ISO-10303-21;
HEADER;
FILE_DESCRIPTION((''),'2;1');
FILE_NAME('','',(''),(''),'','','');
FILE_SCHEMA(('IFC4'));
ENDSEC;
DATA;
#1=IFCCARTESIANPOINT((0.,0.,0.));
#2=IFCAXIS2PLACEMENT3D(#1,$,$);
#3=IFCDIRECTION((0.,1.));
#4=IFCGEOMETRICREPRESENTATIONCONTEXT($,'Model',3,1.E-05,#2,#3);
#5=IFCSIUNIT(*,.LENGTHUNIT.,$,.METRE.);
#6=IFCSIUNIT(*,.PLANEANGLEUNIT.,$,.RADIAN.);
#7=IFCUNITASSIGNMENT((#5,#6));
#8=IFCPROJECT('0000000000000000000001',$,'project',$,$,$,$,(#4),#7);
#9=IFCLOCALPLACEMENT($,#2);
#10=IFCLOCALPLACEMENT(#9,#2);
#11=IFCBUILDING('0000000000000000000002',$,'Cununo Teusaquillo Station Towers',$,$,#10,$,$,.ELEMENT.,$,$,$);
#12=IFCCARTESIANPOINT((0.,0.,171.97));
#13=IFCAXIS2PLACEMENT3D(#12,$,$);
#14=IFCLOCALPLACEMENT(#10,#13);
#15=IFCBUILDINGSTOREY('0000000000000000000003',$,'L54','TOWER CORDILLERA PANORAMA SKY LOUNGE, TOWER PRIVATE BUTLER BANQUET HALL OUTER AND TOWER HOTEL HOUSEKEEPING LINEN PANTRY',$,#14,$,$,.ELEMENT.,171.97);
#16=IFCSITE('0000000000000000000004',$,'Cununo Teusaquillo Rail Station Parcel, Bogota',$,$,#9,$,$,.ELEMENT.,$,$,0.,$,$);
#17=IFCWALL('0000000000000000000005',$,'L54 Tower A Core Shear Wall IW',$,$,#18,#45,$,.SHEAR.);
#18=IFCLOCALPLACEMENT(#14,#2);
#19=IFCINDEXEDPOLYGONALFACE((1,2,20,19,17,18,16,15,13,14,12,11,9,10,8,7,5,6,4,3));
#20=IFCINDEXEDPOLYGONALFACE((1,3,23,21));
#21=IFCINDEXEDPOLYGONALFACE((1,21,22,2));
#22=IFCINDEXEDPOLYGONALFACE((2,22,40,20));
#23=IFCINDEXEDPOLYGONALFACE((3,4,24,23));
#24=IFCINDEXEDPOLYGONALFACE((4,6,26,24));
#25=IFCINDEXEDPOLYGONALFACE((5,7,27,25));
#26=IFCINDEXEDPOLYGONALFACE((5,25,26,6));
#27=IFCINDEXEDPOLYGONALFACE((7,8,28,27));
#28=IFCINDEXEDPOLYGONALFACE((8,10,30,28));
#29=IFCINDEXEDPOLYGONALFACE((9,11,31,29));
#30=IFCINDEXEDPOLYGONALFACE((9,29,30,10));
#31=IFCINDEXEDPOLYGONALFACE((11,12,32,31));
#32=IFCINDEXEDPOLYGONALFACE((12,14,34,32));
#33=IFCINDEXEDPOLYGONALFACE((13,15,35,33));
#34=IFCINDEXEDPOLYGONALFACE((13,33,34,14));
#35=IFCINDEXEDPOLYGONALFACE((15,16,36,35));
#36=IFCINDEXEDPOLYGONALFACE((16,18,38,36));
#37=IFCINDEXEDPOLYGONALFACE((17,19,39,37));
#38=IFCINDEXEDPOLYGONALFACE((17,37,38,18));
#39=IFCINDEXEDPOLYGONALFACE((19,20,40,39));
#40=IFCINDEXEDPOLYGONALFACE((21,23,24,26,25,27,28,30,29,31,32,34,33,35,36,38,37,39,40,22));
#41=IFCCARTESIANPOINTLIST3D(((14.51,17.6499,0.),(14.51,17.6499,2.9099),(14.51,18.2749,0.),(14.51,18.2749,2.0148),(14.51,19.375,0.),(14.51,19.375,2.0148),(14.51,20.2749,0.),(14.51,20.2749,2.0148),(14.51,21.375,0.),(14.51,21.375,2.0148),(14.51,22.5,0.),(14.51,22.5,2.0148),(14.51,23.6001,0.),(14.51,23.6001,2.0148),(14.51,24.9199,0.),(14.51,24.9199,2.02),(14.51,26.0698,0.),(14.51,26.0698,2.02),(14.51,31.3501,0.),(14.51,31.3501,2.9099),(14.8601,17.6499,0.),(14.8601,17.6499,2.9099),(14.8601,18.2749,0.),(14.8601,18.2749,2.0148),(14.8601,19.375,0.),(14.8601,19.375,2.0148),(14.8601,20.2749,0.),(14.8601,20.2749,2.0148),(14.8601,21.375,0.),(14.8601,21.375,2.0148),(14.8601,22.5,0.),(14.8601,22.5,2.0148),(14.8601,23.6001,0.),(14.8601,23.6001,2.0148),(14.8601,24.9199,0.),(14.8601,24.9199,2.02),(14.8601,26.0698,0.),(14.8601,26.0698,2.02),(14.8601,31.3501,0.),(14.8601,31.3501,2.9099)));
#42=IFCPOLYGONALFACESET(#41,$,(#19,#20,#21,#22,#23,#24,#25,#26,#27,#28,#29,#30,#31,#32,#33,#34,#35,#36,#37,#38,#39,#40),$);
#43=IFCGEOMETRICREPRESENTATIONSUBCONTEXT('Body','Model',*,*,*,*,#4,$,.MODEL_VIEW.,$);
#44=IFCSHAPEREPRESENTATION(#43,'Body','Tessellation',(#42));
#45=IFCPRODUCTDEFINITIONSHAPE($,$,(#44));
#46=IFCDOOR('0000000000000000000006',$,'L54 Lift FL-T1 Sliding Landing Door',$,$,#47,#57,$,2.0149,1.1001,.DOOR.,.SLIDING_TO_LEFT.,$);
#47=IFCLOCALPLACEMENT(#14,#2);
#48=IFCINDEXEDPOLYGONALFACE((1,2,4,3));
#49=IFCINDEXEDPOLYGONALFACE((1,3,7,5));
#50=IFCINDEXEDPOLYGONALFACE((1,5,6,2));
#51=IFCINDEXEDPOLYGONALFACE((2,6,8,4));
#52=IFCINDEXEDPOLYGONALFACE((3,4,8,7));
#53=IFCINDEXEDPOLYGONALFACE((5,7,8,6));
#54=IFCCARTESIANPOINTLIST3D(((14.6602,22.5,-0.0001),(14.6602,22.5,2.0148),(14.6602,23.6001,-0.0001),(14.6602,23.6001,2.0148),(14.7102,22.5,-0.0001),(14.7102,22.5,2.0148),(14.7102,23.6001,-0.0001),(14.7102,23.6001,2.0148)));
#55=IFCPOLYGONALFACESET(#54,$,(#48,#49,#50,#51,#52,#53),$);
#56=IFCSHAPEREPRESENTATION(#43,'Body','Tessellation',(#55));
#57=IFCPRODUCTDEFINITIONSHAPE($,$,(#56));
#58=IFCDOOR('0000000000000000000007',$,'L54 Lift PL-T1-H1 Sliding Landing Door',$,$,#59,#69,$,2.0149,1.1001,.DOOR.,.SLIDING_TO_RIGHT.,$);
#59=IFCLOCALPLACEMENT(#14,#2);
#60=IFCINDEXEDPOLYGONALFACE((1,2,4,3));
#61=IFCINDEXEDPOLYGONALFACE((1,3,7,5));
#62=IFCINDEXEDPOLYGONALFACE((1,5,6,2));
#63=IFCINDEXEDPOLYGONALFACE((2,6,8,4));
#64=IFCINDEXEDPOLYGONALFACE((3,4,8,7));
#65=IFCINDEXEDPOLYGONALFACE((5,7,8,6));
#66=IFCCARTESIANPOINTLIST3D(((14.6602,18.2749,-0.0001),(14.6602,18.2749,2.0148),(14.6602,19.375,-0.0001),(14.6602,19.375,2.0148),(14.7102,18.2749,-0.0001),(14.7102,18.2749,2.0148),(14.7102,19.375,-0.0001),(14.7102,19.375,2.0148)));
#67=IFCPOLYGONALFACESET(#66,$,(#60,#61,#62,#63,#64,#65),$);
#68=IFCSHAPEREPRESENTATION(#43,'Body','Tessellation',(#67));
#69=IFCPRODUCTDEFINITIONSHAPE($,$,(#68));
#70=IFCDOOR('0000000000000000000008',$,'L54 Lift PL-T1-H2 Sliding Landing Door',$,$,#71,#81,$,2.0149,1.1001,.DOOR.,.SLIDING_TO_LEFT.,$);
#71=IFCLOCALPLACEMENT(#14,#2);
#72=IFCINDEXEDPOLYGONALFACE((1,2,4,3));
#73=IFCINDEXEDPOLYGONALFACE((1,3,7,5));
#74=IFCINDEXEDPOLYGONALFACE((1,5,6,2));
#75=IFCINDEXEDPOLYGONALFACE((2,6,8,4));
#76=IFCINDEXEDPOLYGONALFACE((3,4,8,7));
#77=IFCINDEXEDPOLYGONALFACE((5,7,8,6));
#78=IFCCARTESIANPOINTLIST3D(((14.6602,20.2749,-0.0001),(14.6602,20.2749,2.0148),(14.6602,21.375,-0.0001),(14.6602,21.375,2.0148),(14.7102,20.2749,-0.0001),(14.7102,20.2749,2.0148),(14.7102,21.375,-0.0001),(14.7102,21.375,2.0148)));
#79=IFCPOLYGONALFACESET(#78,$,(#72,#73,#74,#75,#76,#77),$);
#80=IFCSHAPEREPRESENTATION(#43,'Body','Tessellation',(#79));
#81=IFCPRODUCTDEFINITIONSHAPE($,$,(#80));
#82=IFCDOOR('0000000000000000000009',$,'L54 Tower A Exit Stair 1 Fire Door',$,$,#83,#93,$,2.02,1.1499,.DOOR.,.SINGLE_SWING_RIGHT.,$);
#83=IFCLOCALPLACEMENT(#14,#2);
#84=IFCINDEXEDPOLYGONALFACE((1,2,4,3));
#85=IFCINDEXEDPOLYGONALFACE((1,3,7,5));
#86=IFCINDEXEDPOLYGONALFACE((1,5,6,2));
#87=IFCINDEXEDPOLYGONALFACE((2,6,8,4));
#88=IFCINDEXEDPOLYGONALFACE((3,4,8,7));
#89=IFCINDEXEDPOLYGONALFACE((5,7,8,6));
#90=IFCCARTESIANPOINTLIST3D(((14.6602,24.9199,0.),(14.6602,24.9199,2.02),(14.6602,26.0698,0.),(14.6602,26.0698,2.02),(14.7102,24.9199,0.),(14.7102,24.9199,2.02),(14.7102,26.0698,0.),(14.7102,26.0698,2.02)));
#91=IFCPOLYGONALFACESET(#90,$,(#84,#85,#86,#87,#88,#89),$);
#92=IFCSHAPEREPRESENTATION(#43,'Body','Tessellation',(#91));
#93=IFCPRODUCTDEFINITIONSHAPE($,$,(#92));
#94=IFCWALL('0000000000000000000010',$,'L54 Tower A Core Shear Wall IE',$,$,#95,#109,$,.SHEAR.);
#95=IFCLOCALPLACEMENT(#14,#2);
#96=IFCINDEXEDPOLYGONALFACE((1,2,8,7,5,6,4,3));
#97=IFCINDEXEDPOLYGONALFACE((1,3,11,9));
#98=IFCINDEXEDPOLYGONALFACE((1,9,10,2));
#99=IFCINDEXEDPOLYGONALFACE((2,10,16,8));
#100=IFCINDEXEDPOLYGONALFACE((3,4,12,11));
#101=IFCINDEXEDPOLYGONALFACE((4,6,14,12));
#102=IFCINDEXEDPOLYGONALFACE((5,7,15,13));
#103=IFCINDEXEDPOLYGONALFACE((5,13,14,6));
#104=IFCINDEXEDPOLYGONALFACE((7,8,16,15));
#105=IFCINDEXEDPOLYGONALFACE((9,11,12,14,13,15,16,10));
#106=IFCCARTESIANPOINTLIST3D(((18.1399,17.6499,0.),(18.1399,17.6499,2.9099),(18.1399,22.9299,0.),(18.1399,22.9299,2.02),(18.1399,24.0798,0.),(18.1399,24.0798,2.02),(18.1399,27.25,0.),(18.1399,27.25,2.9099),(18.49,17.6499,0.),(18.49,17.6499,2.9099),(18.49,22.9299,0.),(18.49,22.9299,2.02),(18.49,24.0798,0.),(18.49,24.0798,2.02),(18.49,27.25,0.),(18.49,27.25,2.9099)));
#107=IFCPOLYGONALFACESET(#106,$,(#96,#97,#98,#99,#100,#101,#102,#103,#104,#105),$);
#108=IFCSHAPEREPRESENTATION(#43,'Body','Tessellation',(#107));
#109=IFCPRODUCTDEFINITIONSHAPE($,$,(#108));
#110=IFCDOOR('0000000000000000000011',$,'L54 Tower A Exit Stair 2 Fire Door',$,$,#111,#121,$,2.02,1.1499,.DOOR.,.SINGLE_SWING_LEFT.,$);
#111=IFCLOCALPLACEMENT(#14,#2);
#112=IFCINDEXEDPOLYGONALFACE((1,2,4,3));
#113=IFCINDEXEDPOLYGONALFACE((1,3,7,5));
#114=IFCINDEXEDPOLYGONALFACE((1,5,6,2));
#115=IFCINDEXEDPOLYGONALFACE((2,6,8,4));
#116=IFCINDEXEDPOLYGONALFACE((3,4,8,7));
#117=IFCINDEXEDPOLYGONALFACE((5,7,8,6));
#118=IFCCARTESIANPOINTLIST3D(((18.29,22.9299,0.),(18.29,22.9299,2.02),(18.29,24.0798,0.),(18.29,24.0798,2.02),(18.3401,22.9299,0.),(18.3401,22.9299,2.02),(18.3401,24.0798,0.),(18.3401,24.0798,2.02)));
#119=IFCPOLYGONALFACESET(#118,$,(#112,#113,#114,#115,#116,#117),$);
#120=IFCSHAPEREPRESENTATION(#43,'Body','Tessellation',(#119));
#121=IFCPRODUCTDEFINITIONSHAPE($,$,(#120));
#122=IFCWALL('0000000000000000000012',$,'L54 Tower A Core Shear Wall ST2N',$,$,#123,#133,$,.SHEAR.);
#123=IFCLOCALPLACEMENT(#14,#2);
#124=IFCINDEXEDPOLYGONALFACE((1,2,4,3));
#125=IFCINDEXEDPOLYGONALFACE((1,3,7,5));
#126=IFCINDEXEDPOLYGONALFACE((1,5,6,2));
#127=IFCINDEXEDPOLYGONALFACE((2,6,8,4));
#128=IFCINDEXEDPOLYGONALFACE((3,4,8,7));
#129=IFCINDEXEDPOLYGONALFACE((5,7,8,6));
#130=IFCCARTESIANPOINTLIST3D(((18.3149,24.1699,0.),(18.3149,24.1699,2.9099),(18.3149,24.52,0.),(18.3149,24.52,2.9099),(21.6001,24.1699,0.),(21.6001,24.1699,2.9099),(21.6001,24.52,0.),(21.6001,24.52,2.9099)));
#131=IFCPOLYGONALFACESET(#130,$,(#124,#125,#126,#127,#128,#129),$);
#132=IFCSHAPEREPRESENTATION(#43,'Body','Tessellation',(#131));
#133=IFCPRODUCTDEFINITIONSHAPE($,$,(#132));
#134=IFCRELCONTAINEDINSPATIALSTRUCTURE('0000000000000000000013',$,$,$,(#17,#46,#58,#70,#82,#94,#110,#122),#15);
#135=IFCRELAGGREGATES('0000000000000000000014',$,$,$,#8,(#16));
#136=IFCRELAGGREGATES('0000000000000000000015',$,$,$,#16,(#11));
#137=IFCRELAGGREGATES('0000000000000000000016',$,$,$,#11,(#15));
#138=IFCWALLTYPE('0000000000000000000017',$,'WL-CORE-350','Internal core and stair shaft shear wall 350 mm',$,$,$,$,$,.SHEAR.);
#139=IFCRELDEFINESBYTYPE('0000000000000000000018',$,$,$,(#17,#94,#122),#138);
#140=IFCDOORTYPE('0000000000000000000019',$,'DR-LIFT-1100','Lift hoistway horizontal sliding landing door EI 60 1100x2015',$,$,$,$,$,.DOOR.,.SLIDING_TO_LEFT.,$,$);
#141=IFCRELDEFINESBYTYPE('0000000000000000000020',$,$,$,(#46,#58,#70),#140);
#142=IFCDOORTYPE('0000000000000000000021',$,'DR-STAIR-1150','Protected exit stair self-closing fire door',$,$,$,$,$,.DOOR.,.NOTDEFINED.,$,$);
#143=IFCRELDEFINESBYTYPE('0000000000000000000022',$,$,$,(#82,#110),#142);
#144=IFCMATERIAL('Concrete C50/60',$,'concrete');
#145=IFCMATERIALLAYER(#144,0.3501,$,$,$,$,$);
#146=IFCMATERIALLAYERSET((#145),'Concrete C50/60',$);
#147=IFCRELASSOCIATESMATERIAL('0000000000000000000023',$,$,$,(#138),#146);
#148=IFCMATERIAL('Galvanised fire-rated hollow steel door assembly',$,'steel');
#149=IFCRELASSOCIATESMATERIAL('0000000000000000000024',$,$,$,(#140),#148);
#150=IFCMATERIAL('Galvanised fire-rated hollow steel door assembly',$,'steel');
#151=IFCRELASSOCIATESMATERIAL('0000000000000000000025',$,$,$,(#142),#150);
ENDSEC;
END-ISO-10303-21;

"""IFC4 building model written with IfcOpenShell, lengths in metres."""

from ifc_helpers import new_model, si_unit, direction, frame, frame_2d, origin, place, context, subcontext, project, spatial, rectangle, extrude, source, transform, mapped, material, layer, layer_set, type_object, element, fill, save


model = new_model("IFC4")

# Units and contexts
model_context = context("Model", 3, precision=1e-05, world=origin(), true_north=direction((0.0, 1.0)))
body_context = subcontext(model_context, "Body", "Model", "MODEL_VIEW")
ifc_project = project(units=[si_unit("LENGTHUNIT", "METRE"), si_unit("PLANEANGLEUNIT", "RADIAN")], contexts=[model_context])

# Site, building, storey
site_placement = place(None, origin())
site = spatial("IfcSite", under=ifc_project, at=site_placement, Name="Cununo Teusaquillo Rail Station Parcel, Bogota", CompositionType="ELEMENT", RefElevation=0.0)
building_placement = place(site_placement, origin())
building = spatial("IfcBuilding", under=site, at=building_placement, Name="Cununo Teusaquillo Station Towers", CompositionType="ELEMENT")
storey_placement = place(building_placement, frame((0.0, 0.0, 171.97)))
storey = spatial("IfcBuildingStorey", under=building, at=storey_placement, Name="L54", Description="TOWER CORDILLERA PANORAMA SKY LOUNGE, TOWER PRIVATE BUTLER BANQUET HALL OUTER AND TOWER HOTEL HOUSEKEEPING LINEN PANTRY", CompositionType="ELEMENT", Elevation=171.97)

# Wall, openings, doors
ifc_material_1 = material(Name="Concrete C50/60", Category="concrete")
ifc_layer_1 = layer(ifc_material_1, 0.3501)
ifc_layer_set_1 = layer_set([ifc_layer_1], Name="Concrete C50/60")
wall_type_1 = type_object("IfcWallType", Name="WL-CORE-350", Description="Internal core and stair shaft shear wall 350 mm", PredefinedType="SHEAR", material=ifc_layer_set_1)
wall_1_placement = place(storey_placement, frame((14.6851, 17.6499, 0.0), z_axis=(0.0, 0.0, 1.0), x_axis=(0.0, 1.0, 0.0)))
wall_1 = element("IfcWall", 1, at=wall_1_placement, inside=storey, type_object=wall_type_1, Name="L54 Tower A Core Shear Wall IW", PredefinedType="SHEAR", context=body_context, shape_type="SweptSolid", body=[
    extrude(rectangle(XDim=13.7002, YDim=0.3501, at=frame_2d((6.8501, 0.0))), origin(), (0.0, 0.0, 1.0), 2.9099),
])
shared_shape_1 = source(origin(), body_context, "Body", "SweptSolid", [
    extrude(rectangle(XDim=1.1001, YDim=2.0149, at=frame_2d((0.55, 1.0073))), frame((0.0, 0.1851, 0.0), z_axis=(0.0, -1.0, 0.0), x_axis=(1.0, 0.0, 0.0)), (0.0, 0.0, 1.0), 0.3701),
])
opening_1_placement = place(wall_1_placement, frame((4.8501, 0.0, 0.0)))
opening_1 = element("IfcOpeningElement", 2, at=opening_1_placement, cuts=wall_1, PredefinedType="OPENING", context=body_context, shape_type="MappedRepresentation", body=[
    mapped(shared_shape_1, transform((0.0, 0.0, 0.0), x_axis=(1.0, 0.0, 0.0), y_axis=(0.0, 1.0, 0.0), z_axis=(0.0, 0.0, 1.0), scale=1.0)),
])
opening_2_placement = place(wall_1_placement, frame((0.625, 0.0, 0.0)))
opening_2 = element("IfcOpeningElement", 3, at=opening_2_placement, cuts=wall_1, PredefinedType="OPENING", context=body_context, shape_type="MappedRepresentation", body=[
    mapped(shared_shape_1, transform((0.0, 0.0, 0.0), x_axis=(1.0, 0.0, 0.0), y_axis=(0.0, 1.0, 0.0), z_axis=(0.0, 0.0, 1.0), scale=1.0)),
])
opening_3_placement = place(wall_1_placement, frame((2.625, 0.0, 0.0)))
opening_3 = element("IfcOpeningElement", 4, at=opening_3_placement, cuts=wall_1, PredefinedType="OPENING", context=body_context, shape_type="MappedRepresentation", body=[
    mapped(shared_shape_1, transform((0.0, 0.0, 0.0), x_axis=(1.0, 0.0, 0.0), y_axis=(0.0, 1.0, 0.0), z_axis=(0.0, 0.0, 1.0), scale=1.0)),
])
shared_shape_2 = source(origin(), body_context, "Body", "SweptSolid", [
    extrude(rectangle(XDim=1.1499, YDim=2.02, at=frame_2d((0.575, 1.01))), frame((0.0, 0.1851, 0.0), z_axis=(0.0, -1.0, 0.0), x_axis=(1.0, 0.0, 0.0)), (0.0, 0.0, 1.0), 0.3701),
])
opening_4_placement = place(wall_1_placement, frame((7.27, 0.0, 0.0)))
opening_4 = element("IfcOpeningElement", 5, at=opening_4_placement, cuts=wall_1, PredefinedType="OPENING", context=body_context, shape_type="MappedRepresentation", body=[
    mapped(shared_shape_2, transform((0.0, 0.0, 0.0), x_axis=(1.0, 0.0, 0.0), y_axis=(0.0, 1.0, 0.0), z_axis=(0.0, 0.0, 1.0), scale=1.0)),
])
ifc_material_2 = material(Name="Galvanised fire-rated hollow steel door assembly", Category="steel")
door_type_1 = type_object("IfcDoorType", Name="DR-LIFT-1100", Description="Lift hoistway horizontal sliding landing door EI 60 1100x2015", OperationType="SLIDING_TO_LEFT", PredefinedType="DOOR", material=ifc_material_2)
shared_shape_3 = source(origin(), body_context, "Body", "SweptSolid", [
    extrude(rectangle(XDim=1.1001, YDim=2.0149, at=frame_2d((0.55, 1.0073))), frame((0.0, 0.0249, 0.0), z_axis=(0.0, -1.0, 0.0), x_axis=(1.0, 0.0, 0.0)), (0.0, 0.0, 1.0), 0.05),
])
door_1_placement = place(opening_1_placement, origin())
door_1 = element("IfcDoor", 6, at=door_1_placement, inside=storey, type_object=door_type_1, Name="L54 Lift FL-T1 Sliding Landing Door", OperationType="SLIDING_TO_LEFT", OverallHeight=2.0149, OverallWidth=1.1001, PredefinedType="DOOR", context=body_context, shape_type="MappedRepresentation", body=[
    mapped(shared_shape_3, transform((0.0, 0.0, 0.0), x_axis=(1.0, 0.0, 0.0), y_axis=(0.0, 1.0, 0.0), z_axis=(0.0, 0.0, 1.0), scale=1.0)),
])
fill(opening_1, door_1)
door_2_placement = place(opening_2_placement, origin())
door_2 = element("IfcDoor", 7, at=door_2_placement, inside=storey, type_object=door_type_1, Name="L54 Lift PL-T1-H1 Sliding Landing Door", OperationType="SLIDING_TO_RIGHT", OverallHeight=2.0149, OverallWidth=1.1001, PredefinedType="DOOR", context=body_context, shape_type="MappedRepresentation", body=[
    mapped(shared_shape_3, transform((0.0, 0.0, 0.0), x_axis=(1.0, 0.0, 0.0), y_axis=(0.0, 1.0, 0.0), z_axis=(0.0, 0.0, 1.0), scale=1.0)),
])
fill(opening_2, door_2)
door_3_placement = place(opening_3_placement, origin())
door_3 = element("IfcDoor", 8, at=door_3_placement, inside=storey, type_object=door_type_1, Name="L54 Lift PL-T1-H2 Sliding Landing Door", OperationType="SLIDING_TO_LEFT", OverallHeight=2.0149, OverallWidth=1.1001, PredefinedType="DOOR", context=body_context, shape_type="MappedRepresentation", body=[
    mapped(shared_shape_3, transform((0.0, 0.0, 0.0), x_axis=(1.0, 0.0, 0.0), y_axis=(0.0, 1.0, 0.0), z_axis=(0.0, 0.0, 1.0), scale=1.0)),
])
fill(opening_3, door_3)
ifc_material_3 = material(Name="Galvanised fire-rated hollow steel door assembly", Category="steel")
door_type_2 = type_object("IfcDoorType", Name="DR-STAIR-1150", Description="Protected exit stair self-closing fire door", OperationType="NOTDEFINED", PredefinedType="DOOR", material=ifc_material_3)
shared_shape_4 = source(origin(), body_context, "Body", "SweptSolid", [
    extrude(rectangle(XDim=1.1499, YDim=2.02, at=frame_2d((0.575, 1.01))), frame((0.0, 0.0249, 0.0), z_axis=(0.0, -1.0, 0.0), x_axis=(1.0, 0.0, 0.0)), (0.0, 0.0, 1.0), 0.05),
])
door_4_placement = place(opening_4_placement, origin())
door_4 = element("IfcDoor", 9, at=door_4_placement, inside=storey, type_object=door_type_2, Name="L54 Tower A Exit Stair 1 Fire Door", OperationType="SINGLE_SWING_RIGHT", OverallHeight=2.02, OverallWidth=1.1499, PredefinedType="DOOR", context=body_context, shape_type="MappedRepresentation", body=[
    mapped(shared_shape_4, transform((0.0, 0.0, 0.0), x_axis=(1.0, 0.0, 0.0), y_axis=(0.0, 1.0, 0.0), z_axis=(0.0, 0.0, 1.0), scale=1.0)),
])
fill(opening_4, door_4)

# Wall, opening, door
wall_2_placement = place(storey_placement, frame((18.3149, 17.6499, 0.0), z_axis=(0.0, 0.0, 1.0), x_axis=(0.0, 1.0, 0.0)))
wall_2 = element("IfcWall", 10, at=wall_2_placement, inside=storey, type_object=wall_type_1, Name="L54 Tower A Core Shear Wall IE", PredefinedType="SHEAR", context=body_context, shape_type="SweptSolid", body=[
    extrude(rectangle(XDim=9.6001, YDim=0.3501, at=frame_2d((4.8, 0.0))), origin(), (0.0, 0.0, 1.0), 2.9099),
])
opening_5_placement = place(wall_2_placement, frame((5.28, 0.0, 0.0)))
opening_5 = element("IfcOpeningElement", 11, at=opening_5_placement, cuts=wall_2, PredefinedType="OPENING", context=body_context, shape_type="MappedRepresentation", body=[
    mapped(shared_shape_2, transform((0.0, 0.0, 0.0), x_axis=(1.0, 0.0, 0.0), y_axis=(0.0, 1.0, 0.0), z_axis=(0.0, 0.0, 1.0), scale=1.0)),
])
door_5_placement = place(opening_5_placement, origin())
door_5 = element("IfcDoor", 12, at=door_5_placement, inside=storey, type_object=door_type_2, Name="L54 Tower A Exit Stair 2 Fire Door", OperationType="SINGLE_SWING_LEFT", OverallHeight=2.02, OverallWidth=1.1499, PredefinedType="DOOR", context=body_context, shape_type="MappedRepresentation", body=[
    mapped(shared_shape_4, transform((0.0, 0.0, 0.0), x_axis=(1.0, 0.0, 0.0), y_axis=(0.0, 1.0, 0.0), z_axis=(0.0, 0.0, 1.0), scale=1.0)),
])
fill(opening_5, door_5)

# Wall
wall_3_placement = place(storey_placement, frame((18.3149, 24.345, 0.0), z_axis=(0.0, 0.0, 1.0), x_axis=(1.0, 0.0, 0.0)))
element("IfcWall", 13, at=wall_3_placement, inside=storey, type_object=wall_type_1, Name="L54 Tower A Core Shear Wall ST2N", PredefinedType="SHEAR", context=body_context, shape_type="SweptSolid", body=[
    extrude(rectangle(XDim=3.2852, YDim=0.3501, at=frame_2d((1.6426, 0.0))), origin(), (0.0, 0.0, 1.0), 2.9099),
])

save(model, "model.ifc")
